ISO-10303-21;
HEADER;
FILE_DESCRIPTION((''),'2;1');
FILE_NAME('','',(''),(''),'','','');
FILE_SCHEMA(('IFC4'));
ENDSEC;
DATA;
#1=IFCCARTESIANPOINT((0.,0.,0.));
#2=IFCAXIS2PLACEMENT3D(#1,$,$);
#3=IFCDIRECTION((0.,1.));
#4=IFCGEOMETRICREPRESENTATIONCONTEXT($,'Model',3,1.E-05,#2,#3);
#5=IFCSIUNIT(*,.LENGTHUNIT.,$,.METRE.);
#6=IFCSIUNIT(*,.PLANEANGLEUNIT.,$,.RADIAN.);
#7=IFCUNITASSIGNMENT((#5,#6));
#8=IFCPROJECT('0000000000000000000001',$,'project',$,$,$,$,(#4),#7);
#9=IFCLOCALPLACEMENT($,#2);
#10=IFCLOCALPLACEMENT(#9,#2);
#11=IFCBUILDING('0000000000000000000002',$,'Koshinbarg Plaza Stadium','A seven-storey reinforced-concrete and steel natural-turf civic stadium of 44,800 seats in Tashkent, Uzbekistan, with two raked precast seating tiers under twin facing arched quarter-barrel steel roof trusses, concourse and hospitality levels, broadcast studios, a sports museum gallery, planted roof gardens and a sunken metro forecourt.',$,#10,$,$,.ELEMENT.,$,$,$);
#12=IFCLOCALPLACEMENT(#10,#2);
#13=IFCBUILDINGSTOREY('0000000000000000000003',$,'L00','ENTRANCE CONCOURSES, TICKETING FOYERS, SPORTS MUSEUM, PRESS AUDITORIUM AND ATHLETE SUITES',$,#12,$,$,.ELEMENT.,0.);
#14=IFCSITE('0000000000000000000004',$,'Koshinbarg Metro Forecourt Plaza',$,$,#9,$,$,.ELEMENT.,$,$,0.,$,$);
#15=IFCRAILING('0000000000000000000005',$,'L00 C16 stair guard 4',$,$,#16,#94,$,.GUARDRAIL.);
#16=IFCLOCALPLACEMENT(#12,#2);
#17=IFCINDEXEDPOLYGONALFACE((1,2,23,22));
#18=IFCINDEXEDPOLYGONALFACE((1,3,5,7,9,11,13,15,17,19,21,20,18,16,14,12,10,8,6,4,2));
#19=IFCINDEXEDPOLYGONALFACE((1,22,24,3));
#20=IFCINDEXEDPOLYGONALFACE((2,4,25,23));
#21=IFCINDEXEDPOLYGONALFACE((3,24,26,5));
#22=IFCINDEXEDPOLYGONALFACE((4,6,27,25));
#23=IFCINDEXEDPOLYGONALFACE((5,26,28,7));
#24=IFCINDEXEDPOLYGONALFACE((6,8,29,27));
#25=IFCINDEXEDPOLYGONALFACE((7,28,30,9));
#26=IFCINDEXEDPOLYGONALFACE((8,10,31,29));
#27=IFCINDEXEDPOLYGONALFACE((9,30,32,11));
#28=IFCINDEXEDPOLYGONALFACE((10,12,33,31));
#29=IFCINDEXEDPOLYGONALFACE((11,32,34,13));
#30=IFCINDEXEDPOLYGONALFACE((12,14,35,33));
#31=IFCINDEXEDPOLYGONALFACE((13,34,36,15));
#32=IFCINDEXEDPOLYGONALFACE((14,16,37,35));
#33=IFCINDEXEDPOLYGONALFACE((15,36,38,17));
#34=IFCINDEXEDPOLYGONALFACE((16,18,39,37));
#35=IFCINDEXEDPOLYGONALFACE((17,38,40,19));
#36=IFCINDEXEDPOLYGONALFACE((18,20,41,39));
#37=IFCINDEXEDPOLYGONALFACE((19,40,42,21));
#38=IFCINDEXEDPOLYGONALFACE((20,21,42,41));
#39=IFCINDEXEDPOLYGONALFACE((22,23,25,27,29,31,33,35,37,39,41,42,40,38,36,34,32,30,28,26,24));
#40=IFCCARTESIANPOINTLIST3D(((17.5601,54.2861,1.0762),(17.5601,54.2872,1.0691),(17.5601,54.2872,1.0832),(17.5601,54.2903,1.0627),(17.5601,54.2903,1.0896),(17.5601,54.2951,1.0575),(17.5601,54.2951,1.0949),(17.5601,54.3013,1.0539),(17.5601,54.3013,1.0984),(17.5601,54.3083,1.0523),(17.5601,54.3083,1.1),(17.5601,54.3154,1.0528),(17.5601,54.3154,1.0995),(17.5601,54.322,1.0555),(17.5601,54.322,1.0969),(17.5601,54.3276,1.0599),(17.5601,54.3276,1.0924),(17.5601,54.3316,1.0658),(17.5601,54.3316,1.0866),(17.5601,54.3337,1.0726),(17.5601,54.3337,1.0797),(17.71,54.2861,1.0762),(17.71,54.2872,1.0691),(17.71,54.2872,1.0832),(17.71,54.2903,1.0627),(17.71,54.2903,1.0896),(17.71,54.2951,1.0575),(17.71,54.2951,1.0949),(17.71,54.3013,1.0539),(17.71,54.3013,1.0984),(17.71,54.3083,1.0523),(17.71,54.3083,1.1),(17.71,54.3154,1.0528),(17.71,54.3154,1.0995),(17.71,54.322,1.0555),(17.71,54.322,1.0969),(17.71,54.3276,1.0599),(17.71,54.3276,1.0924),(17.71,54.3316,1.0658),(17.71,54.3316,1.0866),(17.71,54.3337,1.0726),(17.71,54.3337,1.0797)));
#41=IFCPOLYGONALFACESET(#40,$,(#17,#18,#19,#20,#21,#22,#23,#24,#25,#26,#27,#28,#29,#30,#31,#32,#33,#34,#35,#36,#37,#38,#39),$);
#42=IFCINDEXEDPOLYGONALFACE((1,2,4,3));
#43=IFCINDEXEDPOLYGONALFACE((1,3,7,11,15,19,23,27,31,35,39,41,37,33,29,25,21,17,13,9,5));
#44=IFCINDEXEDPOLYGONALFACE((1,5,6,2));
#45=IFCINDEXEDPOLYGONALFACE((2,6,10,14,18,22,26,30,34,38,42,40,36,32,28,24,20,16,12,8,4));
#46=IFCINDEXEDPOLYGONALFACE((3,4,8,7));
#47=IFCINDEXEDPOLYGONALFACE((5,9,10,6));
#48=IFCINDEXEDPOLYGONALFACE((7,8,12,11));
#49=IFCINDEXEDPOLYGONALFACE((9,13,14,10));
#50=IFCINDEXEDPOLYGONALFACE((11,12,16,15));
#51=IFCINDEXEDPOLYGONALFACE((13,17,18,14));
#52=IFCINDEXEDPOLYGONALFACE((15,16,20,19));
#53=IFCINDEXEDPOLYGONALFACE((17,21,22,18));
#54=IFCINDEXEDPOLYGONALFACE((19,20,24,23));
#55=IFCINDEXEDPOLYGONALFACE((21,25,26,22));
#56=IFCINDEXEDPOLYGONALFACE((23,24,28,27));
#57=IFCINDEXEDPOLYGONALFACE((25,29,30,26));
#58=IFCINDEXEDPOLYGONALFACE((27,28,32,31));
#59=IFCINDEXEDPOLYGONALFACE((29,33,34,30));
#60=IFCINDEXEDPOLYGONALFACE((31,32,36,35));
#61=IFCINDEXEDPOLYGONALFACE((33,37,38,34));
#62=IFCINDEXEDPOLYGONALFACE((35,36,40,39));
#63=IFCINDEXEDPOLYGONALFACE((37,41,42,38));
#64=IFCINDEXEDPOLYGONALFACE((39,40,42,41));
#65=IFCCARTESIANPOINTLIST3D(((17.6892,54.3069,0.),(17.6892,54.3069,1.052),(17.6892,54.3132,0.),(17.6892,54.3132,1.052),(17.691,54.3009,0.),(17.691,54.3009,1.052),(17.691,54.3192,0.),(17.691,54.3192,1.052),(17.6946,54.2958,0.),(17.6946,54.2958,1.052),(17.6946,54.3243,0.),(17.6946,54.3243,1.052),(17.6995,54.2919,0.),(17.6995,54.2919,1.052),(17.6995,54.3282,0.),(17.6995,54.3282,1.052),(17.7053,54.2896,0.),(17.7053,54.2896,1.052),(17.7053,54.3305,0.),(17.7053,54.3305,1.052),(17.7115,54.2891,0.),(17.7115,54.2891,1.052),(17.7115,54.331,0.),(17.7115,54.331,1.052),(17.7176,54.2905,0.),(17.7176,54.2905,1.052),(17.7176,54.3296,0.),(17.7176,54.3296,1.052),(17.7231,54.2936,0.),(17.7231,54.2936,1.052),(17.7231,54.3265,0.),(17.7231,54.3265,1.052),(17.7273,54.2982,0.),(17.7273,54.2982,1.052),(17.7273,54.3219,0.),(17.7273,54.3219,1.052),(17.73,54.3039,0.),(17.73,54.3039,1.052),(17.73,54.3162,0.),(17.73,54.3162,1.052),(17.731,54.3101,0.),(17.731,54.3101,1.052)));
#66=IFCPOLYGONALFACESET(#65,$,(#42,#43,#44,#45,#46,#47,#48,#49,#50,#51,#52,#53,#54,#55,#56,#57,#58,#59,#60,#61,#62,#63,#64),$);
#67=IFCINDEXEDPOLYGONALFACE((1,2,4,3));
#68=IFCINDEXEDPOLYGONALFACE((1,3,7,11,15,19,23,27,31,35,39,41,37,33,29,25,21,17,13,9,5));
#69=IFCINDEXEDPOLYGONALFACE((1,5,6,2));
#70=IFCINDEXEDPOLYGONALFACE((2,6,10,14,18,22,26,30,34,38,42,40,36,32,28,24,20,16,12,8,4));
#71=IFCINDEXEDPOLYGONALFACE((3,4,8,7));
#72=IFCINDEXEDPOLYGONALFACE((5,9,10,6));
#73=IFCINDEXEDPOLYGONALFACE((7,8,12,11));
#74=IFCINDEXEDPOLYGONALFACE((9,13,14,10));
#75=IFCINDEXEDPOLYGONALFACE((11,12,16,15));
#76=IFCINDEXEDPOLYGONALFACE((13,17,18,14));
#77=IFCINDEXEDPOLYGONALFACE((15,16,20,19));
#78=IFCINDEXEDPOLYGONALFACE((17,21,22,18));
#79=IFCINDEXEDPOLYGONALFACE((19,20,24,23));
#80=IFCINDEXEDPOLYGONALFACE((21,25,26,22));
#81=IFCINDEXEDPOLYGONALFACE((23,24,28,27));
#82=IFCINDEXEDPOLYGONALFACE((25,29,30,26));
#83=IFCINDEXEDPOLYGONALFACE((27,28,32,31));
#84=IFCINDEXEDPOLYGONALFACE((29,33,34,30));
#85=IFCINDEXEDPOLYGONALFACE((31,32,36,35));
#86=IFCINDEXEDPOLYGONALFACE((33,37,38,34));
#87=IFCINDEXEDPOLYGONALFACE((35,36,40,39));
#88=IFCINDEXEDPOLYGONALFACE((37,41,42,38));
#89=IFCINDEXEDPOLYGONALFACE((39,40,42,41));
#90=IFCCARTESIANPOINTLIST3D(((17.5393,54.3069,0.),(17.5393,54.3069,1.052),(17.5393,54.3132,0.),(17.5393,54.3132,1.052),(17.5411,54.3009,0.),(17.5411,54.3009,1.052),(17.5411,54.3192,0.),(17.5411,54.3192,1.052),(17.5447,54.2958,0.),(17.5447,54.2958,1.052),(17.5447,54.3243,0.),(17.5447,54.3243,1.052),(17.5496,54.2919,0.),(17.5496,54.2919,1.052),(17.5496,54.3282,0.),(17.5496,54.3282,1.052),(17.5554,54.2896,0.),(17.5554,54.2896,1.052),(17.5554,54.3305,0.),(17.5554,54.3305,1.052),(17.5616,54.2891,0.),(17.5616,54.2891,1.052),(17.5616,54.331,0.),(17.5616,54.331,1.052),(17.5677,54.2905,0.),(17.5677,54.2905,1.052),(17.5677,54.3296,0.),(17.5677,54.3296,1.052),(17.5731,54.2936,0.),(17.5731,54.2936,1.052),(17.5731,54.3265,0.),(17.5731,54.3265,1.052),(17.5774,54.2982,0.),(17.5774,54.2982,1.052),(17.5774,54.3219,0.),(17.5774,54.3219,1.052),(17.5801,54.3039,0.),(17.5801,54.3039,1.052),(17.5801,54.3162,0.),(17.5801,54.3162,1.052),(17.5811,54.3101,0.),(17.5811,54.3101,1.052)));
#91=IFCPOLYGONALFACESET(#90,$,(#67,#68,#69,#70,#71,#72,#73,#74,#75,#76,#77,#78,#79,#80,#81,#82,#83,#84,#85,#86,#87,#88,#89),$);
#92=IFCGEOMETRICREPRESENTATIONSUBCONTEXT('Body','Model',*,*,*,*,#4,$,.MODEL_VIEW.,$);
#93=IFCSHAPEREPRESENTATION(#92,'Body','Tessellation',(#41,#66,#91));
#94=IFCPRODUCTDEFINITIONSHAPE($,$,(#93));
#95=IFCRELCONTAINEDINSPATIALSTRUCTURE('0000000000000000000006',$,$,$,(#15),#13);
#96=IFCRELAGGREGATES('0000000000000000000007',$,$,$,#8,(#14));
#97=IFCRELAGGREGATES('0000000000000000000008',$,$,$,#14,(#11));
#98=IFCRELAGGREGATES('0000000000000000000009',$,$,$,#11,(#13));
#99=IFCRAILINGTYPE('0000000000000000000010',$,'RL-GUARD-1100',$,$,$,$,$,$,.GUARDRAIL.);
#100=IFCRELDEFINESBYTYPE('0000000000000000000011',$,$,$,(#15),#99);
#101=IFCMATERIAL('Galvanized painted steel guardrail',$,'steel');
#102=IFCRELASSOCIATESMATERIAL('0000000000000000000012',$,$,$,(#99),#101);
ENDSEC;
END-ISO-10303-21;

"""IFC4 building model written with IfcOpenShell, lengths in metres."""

from ifc_helpers import new_model, si_unit, direction, frame, origin, origin_2d, place, context, subcontext, project, spatial, circle, extrude, material, type_object, element, save


model = new_model("IFC4")

# Units and contexts
model_context = context("Model", 3, precision=1e-05, world=origin(), true_north=direction((0.0, 1.0)))
body_context = subcontext(model_context, "Body", "Model", "MODEL_VIEW")
ifc_project = project(units=[si_unit("LENGTHUNIT", "METRE"), si_unit("PLANEANGLEUNIT", "RADIAN")], contexts=[model_context])

# Site, building, storey
site_placement = place(None, origin())
site = spatial("IfcSite", under=ifc_project, at=site_placement, Name="Koshinbarg Metro Forecourt Plaza", CompositionType="ELEMENT", RefElevation=0.0)
building_placement = place(site_placement, origin())
building = spatial("IfcBuilding", under=site, at=building_placement, Name="Koshinbarg Plaza Stadium", Description="A seven-storey reinforced-concrete and steel natural-turf civic stadium of 44,800 seats in Tashkent, Uzbekistan, with two raked precast seating tiers under twin facing arched quarter-barrel steel roof trusses, concourse and hospitality levels, broadcast studios, a sports museum gallery, planted roof gardens and a sunken metro forecourt.", CompositionType="ELEMENT")
storey_placement = place(building_placement, origin())
storey = spatial("IfcBuildingStorey", under=building, at=storey_placement, Name="L00", Description="ENTRANCE CONCOURSES, TICKETING FOYERS, SPORTS MUSEUM, PRESS AUDITORIUM AND ATHLETE SUITES", CompositionType="ELEMENT", Elevation=0.0)

# Railing
ifc_material_1 = material(Name="Galvanized painted steel guardrail", Category="steel")
railing_type_1 = type_object("IfcRailingType", Name="RL-GUARD-1100", PredefinedType="GUARDRAIL", material=ifc_material_1)
railing_1_placement = place(storey_placement, frame((17.71, 54.3101, 0.0)))
element("IfcRailing", 1, at=railing_1_placement, inside=storey, type_object=railing_type_1, Name="L00 C16 stair guard 4", PredefinedType="GUARDRAIL", context=body_context, shape_type="SweptSolid", body=[
    extrude(circle(Radius=0.0239, at=origin_2d()), frame((0.0, 0.0, 1.0762), z_axis=(-1.0, 0.0, 0.0), x_axis=(0.0, -1.0, 0.0)), (0.0, 0.0, 1.0), 0.1499),
    extrude(circle(Radius=0.021, at=origin_2d()), origin(), (0.0, 0.0, 1.0), 1.052),
    extrude(circle(Radius=0.021, at=origin_2d()), frame((-0.1499, 0.0, 0.0)), (0.0, 0.0, 1.0), 1.052),
])

save(model, "model.ifc")
